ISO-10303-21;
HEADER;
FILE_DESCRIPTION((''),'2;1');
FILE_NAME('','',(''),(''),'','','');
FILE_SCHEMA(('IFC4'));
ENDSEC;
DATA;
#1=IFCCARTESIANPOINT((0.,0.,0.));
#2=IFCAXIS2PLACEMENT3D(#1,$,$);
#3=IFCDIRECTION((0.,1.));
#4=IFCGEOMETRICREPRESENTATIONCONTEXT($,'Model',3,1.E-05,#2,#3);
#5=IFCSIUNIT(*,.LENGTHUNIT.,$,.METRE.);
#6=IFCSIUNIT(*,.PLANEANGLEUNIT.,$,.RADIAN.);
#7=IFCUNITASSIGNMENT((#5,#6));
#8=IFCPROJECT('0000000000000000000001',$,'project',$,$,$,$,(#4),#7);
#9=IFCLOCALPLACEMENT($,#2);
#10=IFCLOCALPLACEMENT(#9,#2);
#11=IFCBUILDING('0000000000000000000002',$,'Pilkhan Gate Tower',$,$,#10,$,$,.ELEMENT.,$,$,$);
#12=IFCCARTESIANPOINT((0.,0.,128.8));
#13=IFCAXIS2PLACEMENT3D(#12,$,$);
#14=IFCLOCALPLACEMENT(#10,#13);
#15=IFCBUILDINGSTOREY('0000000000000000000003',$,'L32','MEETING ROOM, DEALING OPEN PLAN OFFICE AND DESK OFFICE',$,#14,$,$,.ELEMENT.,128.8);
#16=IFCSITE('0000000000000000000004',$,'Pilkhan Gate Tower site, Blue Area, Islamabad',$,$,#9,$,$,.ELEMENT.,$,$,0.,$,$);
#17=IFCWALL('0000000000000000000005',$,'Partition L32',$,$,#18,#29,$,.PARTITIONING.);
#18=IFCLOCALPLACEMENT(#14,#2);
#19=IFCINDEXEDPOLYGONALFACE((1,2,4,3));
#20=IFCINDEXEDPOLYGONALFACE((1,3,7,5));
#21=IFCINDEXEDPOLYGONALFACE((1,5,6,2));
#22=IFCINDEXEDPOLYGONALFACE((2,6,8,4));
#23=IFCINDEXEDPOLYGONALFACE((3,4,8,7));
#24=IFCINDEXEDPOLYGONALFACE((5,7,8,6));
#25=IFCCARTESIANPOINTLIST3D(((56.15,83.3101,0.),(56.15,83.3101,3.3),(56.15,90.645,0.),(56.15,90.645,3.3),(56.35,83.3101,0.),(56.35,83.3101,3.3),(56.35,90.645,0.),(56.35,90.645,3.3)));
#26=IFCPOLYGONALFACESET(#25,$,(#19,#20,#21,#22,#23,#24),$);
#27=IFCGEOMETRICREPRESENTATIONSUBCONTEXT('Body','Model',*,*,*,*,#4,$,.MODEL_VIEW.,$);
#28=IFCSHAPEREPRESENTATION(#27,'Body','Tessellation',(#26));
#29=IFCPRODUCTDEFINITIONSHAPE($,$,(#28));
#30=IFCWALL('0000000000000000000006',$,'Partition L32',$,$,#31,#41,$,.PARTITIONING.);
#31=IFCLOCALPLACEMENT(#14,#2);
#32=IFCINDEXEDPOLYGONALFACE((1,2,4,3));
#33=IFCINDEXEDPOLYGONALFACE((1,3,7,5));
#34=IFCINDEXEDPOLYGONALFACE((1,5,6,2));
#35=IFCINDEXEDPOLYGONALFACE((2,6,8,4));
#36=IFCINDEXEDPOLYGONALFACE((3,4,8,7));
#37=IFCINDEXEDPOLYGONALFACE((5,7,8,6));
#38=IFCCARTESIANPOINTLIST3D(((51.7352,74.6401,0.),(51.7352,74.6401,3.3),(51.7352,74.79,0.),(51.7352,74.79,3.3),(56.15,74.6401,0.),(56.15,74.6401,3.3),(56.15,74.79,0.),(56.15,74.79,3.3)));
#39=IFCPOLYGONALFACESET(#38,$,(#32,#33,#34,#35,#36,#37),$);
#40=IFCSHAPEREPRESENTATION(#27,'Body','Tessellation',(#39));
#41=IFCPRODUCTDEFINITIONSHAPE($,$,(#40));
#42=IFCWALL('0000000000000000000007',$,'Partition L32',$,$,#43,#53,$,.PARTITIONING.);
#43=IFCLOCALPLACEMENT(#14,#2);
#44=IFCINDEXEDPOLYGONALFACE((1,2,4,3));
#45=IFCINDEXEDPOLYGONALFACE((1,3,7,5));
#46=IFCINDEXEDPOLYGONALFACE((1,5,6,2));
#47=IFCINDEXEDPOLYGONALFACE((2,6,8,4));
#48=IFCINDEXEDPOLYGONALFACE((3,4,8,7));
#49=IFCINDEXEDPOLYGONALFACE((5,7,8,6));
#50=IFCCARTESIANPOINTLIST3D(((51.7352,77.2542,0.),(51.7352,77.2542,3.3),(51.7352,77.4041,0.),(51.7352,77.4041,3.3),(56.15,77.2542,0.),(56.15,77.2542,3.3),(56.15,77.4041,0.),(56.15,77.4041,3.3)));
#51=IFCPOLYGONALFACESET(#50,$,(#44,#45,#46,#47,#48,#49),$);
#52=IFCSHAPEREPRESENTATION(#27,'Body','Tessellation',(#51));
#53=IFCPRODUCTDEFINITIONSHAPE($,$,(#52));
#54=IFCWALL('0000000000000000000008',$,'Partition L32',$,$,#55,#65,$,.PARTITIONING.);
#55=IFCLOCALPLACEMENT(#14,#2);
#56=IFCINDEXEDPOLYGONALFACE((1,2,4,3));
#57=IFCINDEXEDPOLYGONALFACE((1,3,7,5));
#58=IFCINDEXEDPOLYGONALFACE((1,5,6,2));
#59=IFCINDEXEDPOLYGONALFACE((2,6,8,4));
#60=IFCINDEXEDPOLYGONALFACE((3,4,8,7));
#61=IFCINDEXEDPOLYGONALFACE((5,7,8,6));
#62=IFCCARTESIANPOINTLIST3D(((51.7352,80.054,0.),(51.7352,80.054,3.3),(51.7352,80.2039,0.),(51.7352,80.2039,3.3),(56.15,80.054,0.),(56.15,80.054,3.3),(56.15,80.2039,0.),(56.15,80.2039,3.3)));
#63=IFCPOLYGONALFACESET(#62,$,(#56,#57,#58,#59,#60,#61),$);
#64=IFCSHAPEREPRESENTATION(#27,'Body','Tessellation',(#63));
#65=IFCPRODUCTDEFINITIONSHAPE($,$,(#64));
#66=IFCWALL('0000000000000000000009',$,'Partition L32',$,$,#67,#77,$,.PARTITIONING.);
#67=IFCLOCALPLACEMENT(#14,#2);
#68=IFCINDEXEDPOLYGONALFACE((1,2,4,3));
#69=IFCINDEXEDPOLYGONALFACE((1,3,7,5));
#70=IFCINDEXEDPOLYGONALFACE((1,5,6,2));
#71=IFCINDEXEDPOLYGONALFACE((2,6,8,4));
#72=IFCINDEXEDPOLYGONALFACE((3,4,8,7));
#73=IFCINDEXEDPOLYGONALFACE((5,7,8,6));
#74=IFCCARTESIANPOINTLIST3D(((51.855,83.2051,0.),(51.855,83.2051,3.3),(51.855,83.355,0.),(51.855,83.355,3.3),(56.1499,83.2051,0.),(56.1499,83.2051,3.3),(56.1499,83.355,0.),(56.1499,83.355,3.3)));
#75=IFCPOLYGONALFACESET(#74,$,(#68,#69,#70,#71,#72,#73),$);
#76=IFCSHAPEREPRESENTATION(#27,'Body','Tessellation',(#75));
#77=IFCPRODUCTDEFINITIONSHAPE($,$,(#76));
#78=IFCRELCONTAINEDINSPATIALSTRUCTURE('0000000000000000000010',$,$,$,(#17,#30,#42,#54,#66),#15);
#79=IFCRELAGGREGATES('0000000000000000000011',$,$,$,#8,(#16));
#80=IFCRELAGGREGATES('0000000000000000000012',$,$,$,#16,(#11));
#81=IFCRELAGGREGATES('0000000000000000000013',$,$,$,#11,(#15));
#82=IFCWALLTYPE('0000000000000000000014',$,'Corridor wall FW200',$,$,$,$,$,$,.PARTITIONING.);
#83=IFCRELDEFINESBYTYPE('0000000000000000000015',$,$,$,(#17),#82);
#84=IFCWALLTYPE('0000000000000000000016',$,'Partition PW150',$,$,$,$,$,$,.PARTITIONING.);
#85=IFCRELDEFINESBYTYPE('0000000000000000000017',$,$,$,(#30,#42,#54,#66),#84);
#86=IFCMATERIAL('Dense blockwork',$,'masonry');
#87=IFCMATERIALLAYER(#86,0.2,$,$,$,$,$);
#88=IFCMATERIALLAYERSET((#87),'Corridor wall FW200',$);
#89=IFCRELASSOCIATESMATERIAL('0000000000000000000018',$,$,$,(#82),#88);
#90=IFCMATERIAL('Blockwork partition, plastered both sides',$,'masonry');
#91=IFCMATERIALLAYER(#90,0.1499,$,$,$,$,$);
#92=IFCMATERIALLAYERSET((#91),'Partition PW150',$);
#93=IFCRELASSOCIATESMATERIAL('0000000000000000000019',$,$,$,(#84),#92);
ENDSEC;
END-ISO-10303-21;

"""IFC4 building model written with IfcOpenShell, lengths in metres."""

from ifc_helpers import new_model, si_unit, direction, frame, frame_2d, origin, place, context, subcontext, project, spatial, rectangle, extrude, material, layer, layer_set, type_object, element, save


model = new_model("IFC4")

# Units and contexts
model_context = context("Model", 3, precision=1e-05, world=origin(), true_north=direction((0.0, 1.0)))
body_context = subcontext(model_context, "Body", "Model", "MODEL_VIEW")
ifc_project = project(units=[si_unit("LENGTHUNIT", "METRE"), si_unit("PLANEANGLEUNIT", "RADIAN")], contexts=[model_context])

# Site, building, storey
site_placement = place(None, origin())
site = spatial("IfcSite", under=ifc_project, at=site_placement, Name="Pilkhan Gate Tower site, Blue Area, Islamabad", CompositionType="ELEMENT", RefElevation=0.0)
building_placement = place(site_placement, origin())
building = spatial("IfcBuilding", under=site, at=building_placement, Name="Pilkhan Gate Tower", CompositionType="ELEMENT")
storey_placement = place(building_placement, frame((0.0, 0.0, 128.8)))
storey = spatial("IfcBuildingStorey", under=building, at=storey_placement, Name="L32", Description="MEETING ROOM, DEALING OPEN PLAN OFFICE AND DESK OFFICE", CompositionType="ELEMENT", Elevation=128.8)

# Walls
ifc_material_1 = material(Name="Dense blockwork", Category="masonry")
ifc_layer_1 = layer(ifc_material_1, 0.2)
ifc_layer_set_1 = layer_set([ifc_layer_1], Name="Corridor wall FW200")
wall_type_1 = type_object("IfcWallType", Name="Corridor wall FW200", PredefinedType="PARTITIONING", material=ifc_layer_set_1)
wall_1_placement = place(storey_placement, frame((56.25, 83.3101, 0.0), z_axis=(0.0, 0.0, 1.0), x_axis=(0.0, 1.0, 0.0)))
element("IfcWall", 1, at=wall_1_placement, inside=storey, type_object=wall_type_1, Name="Partition L32", PredefinedType="PARTITIONING", context=body_context, shape_type="SweptSolid", body=[
    extrude(rectangle(XDim=7.335, YDim=0.2, at=frame_2d((3.6675, 0.0))), origin(), (0.0, 0.0, 1.0), 3.3),
])
ifc_material_2 = material(Name="Blockwork partition, plastered both sides", Category="masonry")
ifc_layer_2 = layer(ifc_material_2, 0.1499)
ifc_layer_set_2 = layer_set([ifc_layer_2], Name="Partition PW150")
wall_type_2 = type_object("IfcWallType", Name="Partition PW150", PredefinedType="PARTITIONING", material=ifc_layer_set_2)
for number, where, z_axis, x_axis, name in (
    (2, (51.7351, 74.7151, 0.0), (0.0, 0.0, 1.0), (1.0, 0.0, 0.0), "Partition L32"),
    (3, (51.7351, 77.3291, 0.0), (0.0, 0.0, 1.0), (1.0, 0.0, 0.0), "Partition L32"),
    (4, (51.7351, 80.1289, 0.0), (0.0, 0.0, 1.0), (1.0, 0.0, 0.0), "Partition L32"),
):
    element("IfcWall", number, at=place(storey_placement, frame(where, z_axis=z_axis, x_axis=x_axis)), inside=storey, type_object=wall_type_2, Name=name, PredefinedType="PARTITIONING", context=body_context, shape_type="SweptSolid", body=[
        extrude(rectangle(XDim=4.4148, YDim=0.1499, at=frame_2d((2.2075, 0.0))), origin(), (0.0, 0.0, 1.0), 3.3),
    ])
wall_2_placement = place(storey_placement, frame((51.855, 83.28, 0.0), z_axis=(0.0, 0.0, 1.0), x_axis=(1.0, 0.0, 0.0)))
element("IfcWall", 5, at=wall_2_placement, inside=storey, type_object=wall_type_2, Name="Partition L32", PredefinedType="PARTITIONING", context=body_context, shape_type="SweptSolid", body=[
    extrude(rectangle(XDim=4.2949, YDim=0.1499, at=frame_2d((2.1475, 0.0))), origin(), (0.0, 0.0, 1.0), 3.3),
])

save(model, "model.ifc")
